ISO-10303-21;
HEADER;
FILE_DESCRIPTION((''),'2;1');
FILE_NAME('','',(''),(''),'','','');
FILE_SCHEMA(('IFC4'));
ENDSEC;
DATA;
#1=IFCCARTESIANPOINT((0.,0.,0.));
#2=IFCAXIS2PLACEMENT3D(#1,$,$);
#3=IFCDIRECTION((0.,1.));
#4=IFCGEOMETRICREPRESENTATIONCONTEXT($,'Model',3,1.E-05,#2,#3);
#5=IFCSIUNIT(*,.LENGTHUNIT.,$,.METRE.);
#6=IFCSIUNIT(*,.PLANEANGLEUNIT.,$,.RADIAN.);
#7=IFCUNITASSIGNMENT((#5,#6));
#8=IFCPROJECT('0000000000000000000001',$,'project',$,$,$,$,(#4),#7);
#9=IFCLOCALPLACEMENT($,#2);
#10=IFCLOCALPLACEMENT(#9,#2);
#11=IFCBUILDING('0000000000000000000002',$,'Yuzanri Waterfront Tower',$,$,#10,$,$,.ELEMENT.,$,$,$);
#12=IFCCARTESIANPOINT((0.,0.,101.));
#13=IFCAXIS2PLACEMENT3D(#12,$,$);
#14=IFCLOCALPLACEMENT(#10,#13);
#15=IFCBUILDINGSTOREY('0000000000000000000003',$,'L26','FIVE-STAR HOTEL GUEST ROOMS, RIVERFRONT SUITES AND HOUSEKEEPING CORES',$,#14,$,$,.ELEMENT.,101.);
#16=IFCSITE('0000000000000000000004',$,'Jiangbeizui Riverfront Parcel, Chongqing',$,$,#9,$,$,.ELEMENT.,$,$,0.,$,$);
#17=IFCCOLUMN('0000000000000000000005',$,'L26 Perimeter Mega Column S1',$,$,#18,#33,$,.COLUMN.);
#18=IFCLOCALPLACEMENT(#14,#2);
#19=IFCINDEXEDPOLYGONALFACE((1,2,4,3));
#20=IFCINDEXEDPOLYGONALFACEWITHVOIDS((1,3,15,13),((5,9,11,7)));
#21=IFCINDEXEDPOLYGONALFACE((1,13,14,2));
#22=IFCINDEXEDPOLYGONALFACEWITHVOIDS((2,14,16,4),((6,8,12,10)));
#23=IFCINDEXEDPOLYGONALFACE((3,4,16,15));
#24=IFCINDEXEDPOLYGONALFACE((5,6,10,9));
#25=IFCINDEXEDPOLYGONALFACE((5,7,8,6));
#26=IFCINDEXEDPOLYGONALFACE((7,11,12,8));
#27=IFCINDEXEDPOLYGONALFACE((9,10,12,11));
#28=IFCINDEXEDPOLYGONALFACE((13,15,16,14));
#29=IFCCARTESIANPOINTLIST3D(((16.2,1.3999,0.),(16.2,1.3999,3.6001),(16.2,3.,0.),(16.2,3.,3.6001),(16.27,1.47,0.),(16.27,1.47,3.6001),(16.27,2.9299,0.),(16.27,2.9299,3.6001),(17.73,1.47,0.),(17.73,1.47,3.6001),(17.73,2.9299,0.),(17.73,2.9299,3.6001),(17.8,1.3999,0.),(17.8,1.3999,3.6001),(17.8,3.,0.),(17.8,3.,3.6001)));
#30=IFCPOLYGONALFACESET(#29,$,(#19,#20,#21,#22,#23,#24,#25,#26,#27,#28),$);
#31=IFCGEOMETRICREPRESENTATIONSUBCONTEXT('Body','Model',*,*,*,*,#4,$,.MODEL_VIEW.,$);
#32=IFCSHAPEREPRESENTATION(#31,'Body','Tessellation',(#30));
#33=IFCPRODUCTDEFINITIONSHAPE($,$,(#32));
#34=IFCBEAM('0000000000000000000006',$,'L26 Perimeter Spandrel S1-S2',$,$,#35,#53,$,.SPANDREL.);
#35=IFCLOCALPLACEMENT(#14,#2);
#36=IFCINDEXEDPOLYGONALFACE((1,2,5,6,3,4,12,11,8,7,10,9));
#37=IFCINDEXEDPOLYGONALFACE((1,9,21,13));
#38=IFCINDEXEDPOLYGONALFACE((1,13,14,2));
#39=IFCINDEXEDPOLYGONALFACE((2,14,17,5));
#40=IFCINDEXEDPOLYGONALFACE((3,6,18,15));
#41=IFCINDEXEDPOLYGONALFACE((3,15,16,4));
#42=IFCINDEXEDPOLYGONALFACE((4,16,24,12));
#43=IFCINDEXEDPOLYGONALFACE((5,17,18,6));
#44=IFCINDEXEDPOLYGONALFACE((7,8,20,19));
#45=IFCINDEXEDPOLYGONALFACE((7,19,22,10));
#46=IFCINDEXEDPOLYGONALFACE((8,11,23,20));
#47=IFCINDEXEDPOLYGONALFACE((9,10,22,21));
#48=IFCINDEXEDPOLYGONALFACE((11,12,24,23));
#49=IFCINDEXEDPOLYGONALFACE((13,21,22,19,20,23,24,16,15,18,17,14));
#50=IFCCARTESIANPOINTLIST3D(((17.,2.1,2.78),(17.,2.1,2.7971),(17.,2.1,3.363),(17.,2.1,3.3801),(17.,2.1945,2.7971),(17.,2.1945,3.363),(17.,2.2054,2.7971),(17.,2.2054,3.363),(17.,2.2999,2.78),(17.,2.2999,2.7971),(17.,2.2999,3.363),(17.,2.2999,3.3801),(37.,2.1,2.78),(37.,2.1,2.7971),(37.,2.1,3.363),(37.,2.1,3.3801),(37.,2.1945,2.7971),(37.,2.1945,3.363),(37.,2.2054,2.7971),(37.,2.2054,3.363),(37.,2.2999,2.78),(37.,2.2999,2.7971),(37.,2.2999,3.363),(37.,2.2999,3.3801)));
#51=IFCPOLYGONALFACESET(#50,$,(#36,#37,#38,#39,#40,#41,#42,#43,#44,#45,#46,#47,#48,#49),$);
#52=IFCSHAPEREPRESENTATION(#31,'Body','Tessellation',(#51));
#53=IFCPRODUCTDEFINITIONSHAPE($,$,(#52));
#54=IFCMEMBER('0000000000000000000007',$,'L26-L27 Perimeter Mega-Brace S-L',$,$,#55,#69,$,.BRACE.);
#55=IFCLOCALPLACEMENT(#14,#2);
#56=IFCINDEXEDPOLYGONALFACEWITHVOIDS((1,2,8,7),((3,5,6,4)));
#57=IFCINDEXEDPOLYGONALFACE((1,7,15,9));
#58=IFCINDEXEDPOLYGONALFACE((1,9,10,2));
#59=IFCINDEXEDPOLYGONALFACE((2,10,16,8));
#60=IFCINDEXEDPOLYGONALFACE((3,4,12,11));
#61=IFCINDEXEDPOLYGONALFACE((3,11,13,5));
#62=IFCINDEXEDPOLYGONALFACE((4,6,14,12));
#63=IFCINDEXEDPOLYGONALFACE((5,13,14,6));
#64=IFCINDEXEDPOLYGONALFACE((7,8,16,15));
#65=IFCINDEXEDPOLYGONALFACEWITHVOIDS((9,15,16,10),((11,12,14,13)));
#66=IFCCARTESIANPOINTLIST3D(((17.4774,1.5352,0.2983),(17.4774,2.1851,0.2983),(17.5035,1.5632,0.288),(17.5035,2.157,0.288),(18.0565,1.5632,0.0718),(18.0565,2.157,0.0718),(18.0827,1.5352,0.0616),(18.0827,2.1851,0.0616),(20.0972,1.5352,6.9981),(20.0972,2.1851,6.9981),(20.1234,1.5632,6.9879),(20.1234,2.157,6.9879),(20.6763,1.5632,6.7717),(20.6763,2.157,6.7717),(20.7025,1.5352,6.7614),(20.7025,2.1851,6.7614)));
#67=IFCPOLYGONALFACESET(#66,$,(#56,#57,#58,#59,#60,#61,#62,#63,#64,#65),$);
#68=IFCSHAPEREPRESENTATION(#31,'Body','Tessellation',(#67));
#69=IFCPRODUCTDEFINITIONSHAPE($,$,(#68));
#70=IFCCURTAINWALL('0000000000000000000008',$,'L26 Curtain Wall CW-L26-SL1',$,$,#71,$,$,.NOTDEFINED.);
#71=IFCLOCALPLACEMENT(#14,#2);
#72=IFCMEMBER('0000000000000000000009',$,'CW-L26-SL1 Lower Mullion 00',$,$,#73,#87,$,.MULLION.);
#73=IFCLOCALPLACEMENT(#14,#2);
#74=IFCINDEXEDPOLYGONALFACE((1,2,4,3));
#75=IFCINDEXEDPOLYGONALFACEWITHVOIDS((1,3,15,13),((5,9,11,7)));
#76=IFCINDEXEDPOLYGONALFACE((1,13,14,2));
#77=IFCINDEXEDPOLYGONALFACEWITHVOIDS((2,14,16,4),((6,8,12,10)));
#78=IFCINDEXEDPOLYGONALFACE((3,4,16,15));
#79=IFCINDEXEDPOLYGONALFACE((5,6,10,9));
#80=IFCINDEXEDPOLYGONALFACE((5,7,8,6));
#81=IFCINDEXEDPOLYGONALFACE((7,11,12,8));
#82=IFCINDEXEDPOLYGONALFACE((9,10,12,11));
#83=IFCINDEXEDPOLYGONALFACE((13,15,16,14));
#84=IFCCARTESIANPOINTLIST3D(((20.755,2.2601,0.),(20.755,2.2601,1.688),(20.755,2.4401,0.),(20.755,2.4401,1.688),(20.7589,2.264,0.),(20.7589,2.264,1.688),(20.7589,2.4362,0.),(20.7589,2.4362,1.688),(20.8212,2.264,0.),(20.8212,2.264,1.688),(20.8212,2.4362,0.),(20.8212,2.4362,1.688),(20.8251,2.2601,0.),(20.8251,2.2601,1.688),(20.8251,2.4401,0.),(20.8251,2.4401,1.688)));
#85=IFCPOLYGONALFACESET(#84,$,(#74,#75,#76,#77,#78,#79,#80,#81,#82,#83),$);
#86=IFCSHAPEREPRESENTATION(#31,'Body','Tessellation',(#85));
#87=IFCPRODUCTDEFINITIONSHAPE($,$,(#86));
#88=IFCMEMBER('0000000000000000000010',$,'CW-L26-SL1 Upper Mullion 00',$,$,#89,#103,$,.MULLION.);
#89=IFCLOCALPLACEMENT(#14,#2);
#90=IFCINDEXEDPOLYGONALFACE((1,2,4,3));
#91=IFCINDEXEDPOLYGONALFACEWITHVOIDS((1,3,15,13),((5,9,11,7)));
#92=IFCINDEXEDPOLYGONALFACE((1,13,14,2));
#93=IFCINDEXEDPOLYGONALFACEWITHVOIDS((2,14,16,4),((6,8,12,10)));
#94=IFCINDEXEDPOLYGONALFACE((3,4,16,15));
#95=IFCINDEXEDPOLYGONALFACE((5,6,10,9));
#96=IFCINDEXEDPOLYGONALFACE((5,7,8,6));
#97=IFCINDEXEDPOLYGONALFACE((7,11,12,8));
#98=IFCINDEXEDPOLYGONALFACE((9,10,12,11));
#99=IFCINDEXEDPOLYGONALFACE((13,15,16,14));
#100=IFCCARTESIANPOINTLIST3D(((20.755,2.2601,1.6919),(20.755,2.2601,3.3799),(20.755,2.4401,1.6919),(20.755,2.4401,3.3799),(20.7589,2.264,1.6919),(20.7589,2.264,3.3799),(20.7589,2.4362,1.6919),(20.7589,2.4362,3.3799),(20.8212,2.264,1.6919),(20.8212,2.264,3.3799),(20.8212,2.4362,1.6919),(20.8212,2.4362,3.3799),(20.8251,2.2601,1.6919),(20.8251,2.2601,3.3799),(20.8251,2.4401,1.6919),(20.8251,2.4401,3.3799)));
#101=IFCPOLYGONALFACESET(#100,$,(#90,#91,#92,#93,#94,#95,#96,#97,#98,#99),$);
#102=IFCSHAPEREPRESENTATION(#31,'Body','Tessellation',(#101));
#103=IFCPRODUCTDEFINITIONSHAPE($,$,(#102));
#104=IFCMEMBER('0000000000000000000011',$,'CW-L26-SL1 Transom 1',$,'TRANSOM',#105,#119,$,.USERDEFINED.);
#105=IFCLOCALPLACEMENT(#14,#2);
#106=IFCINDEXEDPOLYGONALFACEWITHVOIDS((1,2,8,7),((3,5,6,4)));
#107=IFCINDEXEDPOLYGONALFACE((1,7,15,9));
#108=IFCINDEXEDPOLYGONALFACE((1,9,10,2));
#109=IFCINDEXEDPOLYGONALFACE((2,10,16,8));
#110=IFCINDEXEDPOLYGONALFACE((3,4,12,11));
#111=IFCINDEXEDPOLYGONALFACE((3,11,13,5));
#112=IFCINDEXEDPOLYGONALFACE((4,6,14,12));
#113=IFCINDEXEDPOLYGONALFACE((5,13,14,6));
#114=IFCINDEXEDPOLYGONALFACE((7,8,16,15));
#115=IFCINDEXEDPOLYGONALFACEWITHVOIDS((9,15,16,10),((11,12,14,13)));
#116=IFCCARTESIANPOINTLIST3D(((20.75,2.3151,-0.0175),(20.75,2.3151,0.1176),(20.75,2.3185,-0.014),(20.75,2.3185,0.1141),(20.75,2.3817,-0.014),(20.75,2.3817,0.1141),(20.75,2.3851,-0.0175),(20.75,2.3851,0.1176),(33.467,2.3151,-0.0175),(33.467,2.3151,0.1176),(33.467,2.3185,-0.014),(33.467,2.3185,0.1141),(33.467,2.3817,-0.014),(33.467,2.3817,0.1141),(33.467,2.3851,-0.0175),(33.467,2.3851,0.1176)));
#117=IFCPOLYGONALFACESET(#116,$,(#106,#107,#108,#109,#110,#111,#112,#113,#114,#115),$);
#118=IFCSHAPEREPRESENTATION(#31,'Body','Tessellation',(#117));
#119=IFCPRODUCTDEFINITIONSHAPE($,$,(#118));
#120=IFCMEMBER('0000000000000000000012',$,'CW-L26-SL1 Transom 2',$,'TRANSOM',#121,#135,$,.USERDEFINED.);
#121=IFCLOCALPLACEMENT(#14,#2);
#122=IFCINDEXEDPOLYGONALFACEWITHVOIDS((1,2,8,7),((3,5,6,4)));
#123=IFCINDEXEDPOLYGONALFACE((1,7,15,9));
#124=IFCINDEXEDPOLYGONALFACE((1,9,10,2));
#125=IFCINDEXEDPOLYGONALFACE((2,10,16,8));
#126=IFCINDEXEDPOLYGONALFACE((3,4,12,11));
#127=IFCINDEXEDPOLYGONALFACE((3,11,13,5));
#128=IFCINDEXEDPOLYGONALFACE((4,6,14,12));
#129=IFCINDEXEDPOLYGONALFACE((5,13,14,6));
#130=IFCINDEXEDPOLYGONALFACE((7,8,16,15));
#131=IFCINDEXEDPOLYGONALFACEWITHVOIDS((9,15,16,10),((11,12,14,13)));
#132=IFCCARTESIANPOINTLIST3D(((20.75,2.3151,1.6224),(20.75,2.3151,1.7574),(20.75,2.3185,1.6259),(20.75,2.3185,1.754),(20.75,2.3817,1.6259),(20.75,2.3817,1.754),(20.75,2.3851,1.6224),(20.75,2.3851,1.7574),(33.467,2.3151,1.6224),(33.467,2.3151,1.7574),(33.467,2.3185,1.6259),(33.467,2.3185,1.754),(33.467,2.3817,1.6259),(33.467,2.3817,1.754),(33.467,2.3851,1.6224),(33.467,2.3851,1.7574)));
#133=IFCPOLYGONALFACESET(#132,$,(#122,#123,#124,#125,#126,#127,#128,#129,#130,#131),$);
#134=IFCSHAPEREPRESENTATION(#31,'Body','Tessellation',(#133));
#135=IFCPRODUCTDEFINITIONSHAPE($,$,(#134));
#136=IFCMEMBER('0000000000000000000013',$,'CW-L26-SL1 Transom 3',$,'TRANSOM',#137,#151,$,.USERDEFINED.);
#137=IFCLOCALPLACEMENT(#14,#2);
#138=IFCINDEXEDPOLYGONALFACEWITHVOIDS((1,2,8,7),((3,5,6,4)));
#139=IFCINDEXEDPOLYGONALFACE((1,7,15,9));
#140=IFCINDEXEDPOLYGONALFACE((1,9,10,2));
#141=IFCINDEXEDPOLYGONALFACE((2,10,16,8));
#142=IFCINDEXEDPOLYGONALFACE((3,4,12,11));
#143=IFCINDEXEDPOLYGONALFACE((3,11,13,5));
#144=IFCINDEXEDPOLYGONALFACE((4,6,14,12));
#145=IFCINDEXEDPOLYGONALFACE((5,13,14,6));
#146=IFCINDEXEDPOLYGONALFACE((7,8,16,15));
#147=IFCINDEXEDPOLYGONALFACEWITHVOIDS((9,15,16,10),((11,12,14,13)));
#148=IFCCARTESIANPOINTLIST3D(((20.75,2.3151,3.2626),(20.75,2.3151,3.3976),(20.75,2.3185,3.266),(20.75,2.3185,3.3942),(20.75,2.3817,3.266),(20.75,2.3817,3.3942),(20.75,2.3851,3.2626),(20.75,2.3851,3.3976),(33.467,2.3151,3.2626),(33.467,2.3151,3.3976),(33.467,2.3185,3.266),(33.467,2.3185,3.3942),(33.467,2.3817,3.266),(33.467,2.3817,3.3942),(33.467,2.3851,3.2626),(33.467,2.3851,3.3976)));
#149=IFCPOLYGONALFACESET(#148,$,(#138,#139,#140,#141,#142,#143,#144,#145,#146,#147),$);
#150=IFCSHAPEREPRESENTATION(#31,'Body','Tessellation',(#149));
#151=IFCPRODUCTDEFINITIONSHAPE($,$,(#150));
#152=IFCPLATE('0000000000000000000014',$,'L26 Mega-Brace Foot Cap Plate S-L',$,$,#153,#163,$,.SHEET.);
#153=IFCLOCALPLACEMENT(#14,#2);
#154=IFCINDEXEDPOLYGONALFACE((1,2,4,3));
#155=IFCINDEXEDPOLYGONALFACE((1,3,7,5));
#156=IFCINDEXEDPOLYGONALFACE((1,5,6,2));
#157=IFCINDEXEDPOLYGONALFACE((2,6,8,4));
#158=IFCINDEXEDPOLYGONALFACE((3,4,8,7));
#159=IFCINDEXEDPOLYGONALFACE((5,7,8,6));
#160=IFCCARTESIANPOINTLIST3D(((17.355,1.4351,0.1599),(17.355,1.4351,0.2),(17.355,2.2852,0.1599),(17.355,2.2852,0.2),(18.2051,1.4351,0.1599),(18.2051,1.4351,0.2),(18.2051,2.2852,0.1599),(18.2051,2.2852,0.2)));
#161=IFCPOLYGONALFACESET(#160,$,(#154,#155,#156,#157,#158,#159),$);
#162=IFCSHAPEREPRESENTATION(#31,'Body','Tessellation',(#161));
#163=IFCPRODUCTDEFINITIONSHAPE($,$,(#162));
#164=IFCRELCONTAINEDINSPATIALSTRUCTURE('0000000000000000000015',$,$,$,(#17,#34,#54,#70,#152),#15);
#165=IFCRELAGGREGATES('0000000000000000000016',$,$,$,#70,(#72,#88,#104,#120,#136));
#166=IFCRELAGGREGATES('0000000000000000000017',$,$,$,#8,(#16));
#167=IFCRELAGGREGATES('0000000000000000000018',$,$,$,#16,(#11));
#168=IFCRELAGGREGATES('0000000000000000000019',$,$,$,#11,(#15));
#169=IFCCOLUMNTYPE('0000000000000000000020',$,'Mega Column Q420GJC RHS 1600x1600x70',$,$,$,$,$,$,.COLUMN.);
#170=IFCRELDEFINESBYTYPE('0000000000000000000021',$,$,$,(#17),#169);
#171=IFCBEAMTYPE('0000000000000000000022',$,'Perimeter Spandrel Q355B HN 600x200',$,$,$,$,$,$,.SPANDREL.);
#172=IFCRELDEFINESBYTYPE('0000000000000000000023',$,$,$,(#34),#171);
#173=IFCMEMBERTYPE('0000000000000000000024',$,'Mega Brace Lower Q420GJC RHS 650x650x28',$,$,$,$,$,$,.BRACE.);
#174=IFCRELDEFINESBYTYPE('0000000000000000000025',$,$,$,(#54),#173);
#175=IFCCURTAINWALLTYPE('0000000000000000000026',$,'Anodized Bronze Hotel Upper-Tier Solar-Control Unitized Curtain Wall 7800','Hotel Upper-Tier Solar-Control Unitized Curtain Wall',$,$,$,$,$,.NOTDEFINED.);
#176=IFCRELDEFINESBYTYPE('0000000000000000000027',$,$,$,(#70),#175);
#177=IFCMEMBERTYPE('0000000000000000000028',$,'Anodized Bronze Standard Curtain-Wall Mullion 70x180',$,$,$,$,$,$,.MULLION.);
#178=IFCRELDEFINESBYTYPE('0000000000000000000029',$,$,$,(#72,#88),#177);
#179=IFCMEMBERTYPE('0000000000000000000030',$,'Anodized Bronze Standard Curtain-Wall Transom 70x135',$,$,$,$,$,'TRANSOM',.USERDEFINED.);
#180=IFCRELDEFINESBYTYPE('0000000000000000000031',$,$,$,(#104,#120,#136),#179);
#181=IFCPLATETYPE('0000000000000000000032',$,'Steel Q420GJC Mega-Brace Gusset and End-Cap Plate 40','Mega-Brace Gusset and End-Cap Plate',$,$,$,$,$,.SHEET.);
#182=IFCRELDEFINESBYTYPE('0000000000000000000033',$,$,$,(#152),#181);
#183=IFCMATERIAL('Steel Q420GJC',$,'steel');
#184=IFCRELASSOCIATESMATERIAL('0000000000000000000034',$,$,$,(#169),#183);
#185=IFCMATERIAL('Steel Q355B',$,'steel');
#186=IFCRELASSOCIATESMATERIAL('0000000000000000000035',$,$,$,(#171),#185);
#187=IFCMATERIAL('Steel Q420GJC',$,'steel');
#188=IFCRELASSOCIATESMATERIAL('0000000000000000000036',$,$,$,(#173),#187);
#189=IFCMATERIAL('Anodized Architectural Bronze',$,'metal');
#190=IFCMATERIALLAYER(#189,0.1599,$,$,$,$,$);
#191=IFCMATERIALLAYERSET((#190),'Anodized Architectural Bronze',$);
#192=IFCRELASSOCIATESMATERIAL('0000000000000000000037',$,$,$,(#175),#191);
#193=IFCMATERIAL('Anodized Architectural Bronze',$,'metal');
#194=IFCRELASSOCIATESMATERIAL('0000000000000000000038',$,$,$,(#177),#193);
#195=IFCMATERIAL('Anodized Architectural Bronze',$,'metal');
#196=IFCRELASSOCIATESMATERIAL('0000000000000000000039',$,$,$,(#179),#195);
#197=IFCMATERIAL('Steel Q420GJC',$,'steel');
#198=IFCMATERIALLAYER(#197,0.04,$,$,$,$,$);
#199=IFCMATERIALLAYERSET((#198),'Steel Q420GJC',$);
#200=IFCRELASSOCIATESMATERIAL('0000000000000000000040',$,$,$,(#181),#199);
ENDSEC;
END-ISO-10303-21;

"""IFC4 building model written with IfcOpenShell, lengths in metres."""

from ifc_helpers import new_model, si_unit, direction, frame, origin, origin_2d, place, context, subcontext, project, spatial, rectangle, hollow_rectangle, i_section, extrude, source, transform, mapped, material, layer, layer_set, material_profile, profile_set, type_object, element, aggregate, save


model = new_model("IFC4")

# Units and contexts
model_context = context("Model", 3, precision=1e-05, world=origin(), true_north=direction((0.0, 1.0)))
body_context = subcontext(model_context, "Body", "Model", "MODEL_VIEW")
ifc_project = project(units=[si_unit("LENGTHUNIT", "METRE"), si_unit("PLANEANGLEUNIT", "RADIAN")], contexts=[model_context])

# Site, building, storey
site_placement = place(None, origin())
site = spatial("IfcSite", under=ifc_project, at=site_placement, Name="Jiangbeizui Riverfront Parcel, Chongqing", CompositionType="ELEMENT", RefElevation=0.0)
building_placement = place(site_placement, origin())
building = spatial("IfcBuilding", under=site, at=building_placement, Name="Yuzanri Waterfront Tower", CompositionType="ELEMENT")
storey_placement = place(building_placement, frame((0.0, 0.0, 101.0)))
storey = spatial("IfcBuildingStorey", under=building, at=storey_placement, Name="L26", Description="FIVE-STAR HOTEL GUEST ROOMS, RIVERFRONT SUITES AND HOUSEKEEPING CORES", CompositionType="ELEMENT", Elevation=101.0)

# Column
ifc_material_1 = material(Name="Steel Q420GJC", Category="steel")
ifc_material_profile_1 = material_profile(ifc_material_1, hollow_rectangle(XDim=1.6001, YDim=1.6001, WallThickness=0.0701, at=origin_2d()), Name="RHS 1600x1600x70")
ifc_profile_set_1 = profile_set([ifc_material_profile_1], Name="Steel Q420GJC")
column_type = type_object("IfcColumnType", Name="Mega Column Q420GJC RHS 1600x1600x70", PredefinedType="COLUMN", material=ifc_profile_set_1)
shared_shape_1 = source(origin(), body_context, "Body", "SweptSolid", [
    extrude(hollow_rectangle(XDim=1.6001, YDim=1.6001, WallThickness=0.0701, at=origin_2d()), origin(), (0.0, 0.0, 1.0), 3.6001),
])
column_placement = place(storey_placement, frame((17.0, 2.2, 0.0), z_axis=(0.0, 0.0, 1.0), x_axis=(1.0, 0.0, 0.0)))
element("IfcColumn", 1, at=column_placement, inside=storey, type_object=column_type, Name="L26 Perimeter Mega Column S1", PredefinedType="COLUMN", context=body_context, shape_type="MappedRepresentation", body=[
    mapped(shared_shape_1, transform((0.0, 0.0, 0.0), scale=1.0)),
])

# Beam
ifc_material_2 = material(Name="Steel Q355B", Category="steel")
ifc_material_profile_2 = material_profile(ifc_material_2, i_section(OverallWidth=0.2, OverallDepth=0.6001, WebThickness=0.011, FlangeThickness=0.0171, at=origin_2d()), Name="HN 600x200x11x17")
ifc_profile_set_2 = profile_set([ifc_material_profile_2], Name="Steel Q355B")
beam_type = type_object("IfcBeamType", Name="Perimeter Spandrel Q355B HN 600x200", PredefinedType="SPANDREL", material=ifc_profile_set_2)
shared_shape_2 = source(origin(), body_context, "Body", "SweptSolid", [
    extrude(i_section(OverallWidth=0.2, OverallDepth=0.6001, WebThickness=0.011, FlangeThickness=0.0171, at=origin_2d()), origin(), (0.0, 0.0, 1.0), 20.0),
])
beam_placement = place(storey_placement, frame((17.0, 2.2, 3.0801), z_axis=(1.0, 0.0, 0.0), x_axis=(0.0, 1.0, 0.0)))
element("IfcBeam", 2, at=beam_placement, inside=storey, type_object=beam_type, Name="L26 Perimeter Spandrel S1-S2", PredefinedType="SPANDREL", context=body_context, shape_type="MappedRepresentation", body=[
    mapped(shared_shape_2, transform((0.0, 0.0, 0.0), scale=1.0)),
])

# Member
ifc_material_3 = material(Name="Steel Q420GJC", Category="steel")
ifc_material_profile_3 = material_profile(ifc_material_3, hollow_rectangle(XDim=0.6499, YDim=0.6499, WallThickness=0.0281, at=origin_2d()), Name="RHS 650x650x28")
ifc_profile_set_3 = profile_set([ifc_material_profile_3], Name="Steel Q420GJC")
member_type_1 = type_object("IfcMemberType", Name="Mega Brace Lower Q420GJC RHS 650x650x28", PredefinedType="BRACE", material=ifc_profile_set_3)
shared_shape_3 = source(origin(), body_context, "Body", "SweptSolid", [
    extrude(hollow_rectangle(XDim=0.6499, YDim=0.6499, WallThickness=0.0281, at=origin_2d()), origin(), (0.0, 0.0, 1.0), 7.1938),
])
member_1_placement = place(storey_placement, frame((17.78, 1.8601, 0.1799), z_axis=(0.364177, 0.0, 0.93133), x_axis=(0.0, 1.0, 0.0)))
element("IfcMember", 3, at=member_1_placement, inside=storey, type_object=member_type_1, Name="L26-L27 Perimeter Mega-Brace S-L", PredefinedType="BRACE", context=body_context, shape_type="MappedRepresentation", body=[
    mapped(shared_shape_3, transform((0.0, 0.0, 0.0), scale=1.0)),
])

# Curtain wall, members
ifc_material_4 = material(Name="Anodized Architectural Bronze", Category="metal")
ifc_layer_1 = layer(ifc_material_4, 0.1599)
ifc_layer_set_1 = layer_set([ifc_layer_1], Name="Anodized Architectural Bronze")
curtain_wall_type = type_object("IfcCurtainWallType", Name="Anodized Bronze Hotel Upper-Tier Solar-Control Unitized Curtain Wall 7800", Description="Hotel Upper-Tier Solar-Control Unitized Curtain Wall", PredefinedType="NOTDEFINED", material=ifc_layer_set_1)
curtain_wall_1_placement = place(storey_placement, origin())
curtain_wall_1 = element("IfcCurtainWall", 4, at=curtain_wall_1_placement, inside=storey, type_object=curtain_wall_type, Name="L26 Curtain Wall CW-L26-SL1", PredefinedType="NOTDEFINED")
ifc_material_5 = material(Name="Anodized Architectural Bronze", Category="metal")
ifc_material_profile_4 = material_profile(ifc_material_5, hollow_rectangle(XDim=0.0701, YDim=0.1799, WallThickness=0.0039, at=origin_2d()), Name="CWM 70x180")
ifc_profile_set_4 = profile_set([ifc_material_profile_4], Name="Anodized Architectural Bronze")
member_type_2 = type_object("IfcMemberType", Name="Anodized Bronze Standard Curtain-Wall Mullion 70x180", PredefinedType="MULLION", material=ifc_profile_set_4)
shared_shape_4 = source(origin(), body_context, "Body", "SweptSolid", [
    extrude(hollow_rectangle(XDim=0.0701, YDim=0.1799, WallThickness=0.0039, at=origin_2d()), origin(), (0.0, 0.0, 1.0), 1.688),
])
member_2_placement = place(storey_placement, frame((20.79, 2.3501, 0.0), z_axis=(0.0, 0.0, 1.0), x_axis=(1.0, 0.0, 0.0)))
member_2 = element("IfcMember", 5, at=member_2_placement, type_object=member_type_2, Name="CW-L26-SL1 Lower Mullion 00", PredefinedType="MULLION", context=body_context, shape_type="MappedRepresentation", body=[
    mapped(shared_shape_4, transform((0.0, 0.0, 0.0), scale=1.0)),
])
member_3_placement = place(storey_placement, frame((20.79, 2.3501, 1.6919), z_axis=(0.0, 0.0, 1.0), x_axis=(1.0, 0.0, 0.0)))
member_3 = element("IfcMember", 6, at=member_3_placement, type_object=member_type_2, Name="CW-L26-SL1 Upper Mullion 00", PredefinedType="MULLION", context=body_context, shape_type="MappedRepresentation", body=[
    mapped(shared_shape_4, transform((0.0, 0.0, 0.0), scale=1.0)),
])
ifc_material_6 = material(Name="Anodized Architectural Bronze", Category="metal")
ifc_material_profile_5 = material_profile(ifc_material_6, hollow_rectangle(XDim=0.0701, YDim=0.135, WallThickness=0.0034, at=origin_2d()), Name="CWT 70x135")
ifc_profile_set_5 = profile_set([ifc_material_profile_5], Name="Anodized Architectural Bronze")
member_type_3 = type_object("IfcMemberType", Name="Anodized Bronze Standard Curtain-Wall Transom 70x135", ElementType="TRANSOM", PredefinedType="USERDEFINED", material=ifc_profile_set_5)
shared_shape_5 = source(origin(), body_context, "Body", "SweptSolid", [
    extrude(hollow_rectangle(XDim=0.0701, YDim=0.135, WallThickness=0.0034, at=origin_2d()), origin(), (0.0, 0.0, 1.0), 12.717),
])
member_4_placement = place(storey_placement, frame((20.75, 2.3501, 0.05), z_axis=(1.0, 0.0, 0.0), x_axis=(0.0, 1.0, 0.0)))
member_4 = element("IfcMember", 7, at=member_4_placement, type_object=member_type_3, Name="CW-L26-SL1 Transom 1", ObjectType="TRANSOM", PredefinedType="USERDEFINED", context=body_context, shape_type="MappedRepresentation", body=[
    mapped(shared_shape_5, transform((0.0, 0.0, 0.0), scale=1.0)),
])
member_5_placement = place(storey_placement, frame((20.75, 2.3501, 1.6899), z_axis=(1.0, 0.0, 0.0), x_axis=(0.0, 1.0, 0.0)))
member_5 = element("IfcMember", 8, at=member_5_placement, type_object=member_type_3, Name="CW-L26-SL1 Transom 2", ObjectType="TRANSOM", PredefinedType="USERDEFINED", context=body_context, shape_type="MappedRepresentation", body=[
    mapped(shared_shape_5, transform((0.0, 0.0, 0.0), scale=1.0)),
])
member_6_placement = place(storey_placement, frame((20.75, 2.3501, 3.3301), z_axis=(1.0, 0.0, 0.0), x_axis=(0.0, 1.0, 0.0)))
member_6 = element("IfcMember", 9, at=member_6_placement, type_object=member_type_3, Name="CW-L26-SL1 Transom 3", ObjectType="TRANSOM", PredefinedType="USERDEFINED", context=body_context, shape_type="MappedRepresentation", body=[
    mapped(shared_shape_5, transform((0.0, 0.0, 0.0), scale=1.0)),
])
aggregate(curtain_wall_1, [member_2, member_3, member_4, member_5, member_6])

# Plate
ifc_material_7 = material(Name="Steel Q420GJC", Category="steel")
ifc_layer_2 = layer(ifc_material_7, 0.04)
ifc_layer_set_2 = layer_set([ifc_layer_2], Name="Steel Q420GJC")
plate_type_1 = type_object("IfcPlateType", Name="Steel Q420GJC Mega-Brace Gusset and End-Cap Plate 40", Description="Mega-Brace Gusset and End-Cap Plate", PredefinedType="SHEET", material=ifc_layer_set_2)
shared_shape_6 = source(origin(), body_context, "Body", "SweptSolid", [
    extrude(rectangle(XDim=0.8501, YDim=0.8501, at=origin_2d()), origin(), (0.0, 0.0, 1.0), 0.04),
])
plate_1_placement = place(storey_placement, frame((17.78, 1.8601, 0.1599), z_axis=(0.0, 0.0, 1.0), x_axis=(1.0, 0.0, 0.0)))
element("IfcPlate", 10, at=plate_1_placement, inside=storey, type_object=plate_type_1, Name="L26 Mega-Brace Foot Cap Plate S-L", PredefinedType="SHEET", context=body_context, shape_type="MappedRepresentation", body=[
    mapped(shared_shape_6, transform((0.0, 0.0, 0.0), scale=1.0)),
])

save(model, "model.ifc")
